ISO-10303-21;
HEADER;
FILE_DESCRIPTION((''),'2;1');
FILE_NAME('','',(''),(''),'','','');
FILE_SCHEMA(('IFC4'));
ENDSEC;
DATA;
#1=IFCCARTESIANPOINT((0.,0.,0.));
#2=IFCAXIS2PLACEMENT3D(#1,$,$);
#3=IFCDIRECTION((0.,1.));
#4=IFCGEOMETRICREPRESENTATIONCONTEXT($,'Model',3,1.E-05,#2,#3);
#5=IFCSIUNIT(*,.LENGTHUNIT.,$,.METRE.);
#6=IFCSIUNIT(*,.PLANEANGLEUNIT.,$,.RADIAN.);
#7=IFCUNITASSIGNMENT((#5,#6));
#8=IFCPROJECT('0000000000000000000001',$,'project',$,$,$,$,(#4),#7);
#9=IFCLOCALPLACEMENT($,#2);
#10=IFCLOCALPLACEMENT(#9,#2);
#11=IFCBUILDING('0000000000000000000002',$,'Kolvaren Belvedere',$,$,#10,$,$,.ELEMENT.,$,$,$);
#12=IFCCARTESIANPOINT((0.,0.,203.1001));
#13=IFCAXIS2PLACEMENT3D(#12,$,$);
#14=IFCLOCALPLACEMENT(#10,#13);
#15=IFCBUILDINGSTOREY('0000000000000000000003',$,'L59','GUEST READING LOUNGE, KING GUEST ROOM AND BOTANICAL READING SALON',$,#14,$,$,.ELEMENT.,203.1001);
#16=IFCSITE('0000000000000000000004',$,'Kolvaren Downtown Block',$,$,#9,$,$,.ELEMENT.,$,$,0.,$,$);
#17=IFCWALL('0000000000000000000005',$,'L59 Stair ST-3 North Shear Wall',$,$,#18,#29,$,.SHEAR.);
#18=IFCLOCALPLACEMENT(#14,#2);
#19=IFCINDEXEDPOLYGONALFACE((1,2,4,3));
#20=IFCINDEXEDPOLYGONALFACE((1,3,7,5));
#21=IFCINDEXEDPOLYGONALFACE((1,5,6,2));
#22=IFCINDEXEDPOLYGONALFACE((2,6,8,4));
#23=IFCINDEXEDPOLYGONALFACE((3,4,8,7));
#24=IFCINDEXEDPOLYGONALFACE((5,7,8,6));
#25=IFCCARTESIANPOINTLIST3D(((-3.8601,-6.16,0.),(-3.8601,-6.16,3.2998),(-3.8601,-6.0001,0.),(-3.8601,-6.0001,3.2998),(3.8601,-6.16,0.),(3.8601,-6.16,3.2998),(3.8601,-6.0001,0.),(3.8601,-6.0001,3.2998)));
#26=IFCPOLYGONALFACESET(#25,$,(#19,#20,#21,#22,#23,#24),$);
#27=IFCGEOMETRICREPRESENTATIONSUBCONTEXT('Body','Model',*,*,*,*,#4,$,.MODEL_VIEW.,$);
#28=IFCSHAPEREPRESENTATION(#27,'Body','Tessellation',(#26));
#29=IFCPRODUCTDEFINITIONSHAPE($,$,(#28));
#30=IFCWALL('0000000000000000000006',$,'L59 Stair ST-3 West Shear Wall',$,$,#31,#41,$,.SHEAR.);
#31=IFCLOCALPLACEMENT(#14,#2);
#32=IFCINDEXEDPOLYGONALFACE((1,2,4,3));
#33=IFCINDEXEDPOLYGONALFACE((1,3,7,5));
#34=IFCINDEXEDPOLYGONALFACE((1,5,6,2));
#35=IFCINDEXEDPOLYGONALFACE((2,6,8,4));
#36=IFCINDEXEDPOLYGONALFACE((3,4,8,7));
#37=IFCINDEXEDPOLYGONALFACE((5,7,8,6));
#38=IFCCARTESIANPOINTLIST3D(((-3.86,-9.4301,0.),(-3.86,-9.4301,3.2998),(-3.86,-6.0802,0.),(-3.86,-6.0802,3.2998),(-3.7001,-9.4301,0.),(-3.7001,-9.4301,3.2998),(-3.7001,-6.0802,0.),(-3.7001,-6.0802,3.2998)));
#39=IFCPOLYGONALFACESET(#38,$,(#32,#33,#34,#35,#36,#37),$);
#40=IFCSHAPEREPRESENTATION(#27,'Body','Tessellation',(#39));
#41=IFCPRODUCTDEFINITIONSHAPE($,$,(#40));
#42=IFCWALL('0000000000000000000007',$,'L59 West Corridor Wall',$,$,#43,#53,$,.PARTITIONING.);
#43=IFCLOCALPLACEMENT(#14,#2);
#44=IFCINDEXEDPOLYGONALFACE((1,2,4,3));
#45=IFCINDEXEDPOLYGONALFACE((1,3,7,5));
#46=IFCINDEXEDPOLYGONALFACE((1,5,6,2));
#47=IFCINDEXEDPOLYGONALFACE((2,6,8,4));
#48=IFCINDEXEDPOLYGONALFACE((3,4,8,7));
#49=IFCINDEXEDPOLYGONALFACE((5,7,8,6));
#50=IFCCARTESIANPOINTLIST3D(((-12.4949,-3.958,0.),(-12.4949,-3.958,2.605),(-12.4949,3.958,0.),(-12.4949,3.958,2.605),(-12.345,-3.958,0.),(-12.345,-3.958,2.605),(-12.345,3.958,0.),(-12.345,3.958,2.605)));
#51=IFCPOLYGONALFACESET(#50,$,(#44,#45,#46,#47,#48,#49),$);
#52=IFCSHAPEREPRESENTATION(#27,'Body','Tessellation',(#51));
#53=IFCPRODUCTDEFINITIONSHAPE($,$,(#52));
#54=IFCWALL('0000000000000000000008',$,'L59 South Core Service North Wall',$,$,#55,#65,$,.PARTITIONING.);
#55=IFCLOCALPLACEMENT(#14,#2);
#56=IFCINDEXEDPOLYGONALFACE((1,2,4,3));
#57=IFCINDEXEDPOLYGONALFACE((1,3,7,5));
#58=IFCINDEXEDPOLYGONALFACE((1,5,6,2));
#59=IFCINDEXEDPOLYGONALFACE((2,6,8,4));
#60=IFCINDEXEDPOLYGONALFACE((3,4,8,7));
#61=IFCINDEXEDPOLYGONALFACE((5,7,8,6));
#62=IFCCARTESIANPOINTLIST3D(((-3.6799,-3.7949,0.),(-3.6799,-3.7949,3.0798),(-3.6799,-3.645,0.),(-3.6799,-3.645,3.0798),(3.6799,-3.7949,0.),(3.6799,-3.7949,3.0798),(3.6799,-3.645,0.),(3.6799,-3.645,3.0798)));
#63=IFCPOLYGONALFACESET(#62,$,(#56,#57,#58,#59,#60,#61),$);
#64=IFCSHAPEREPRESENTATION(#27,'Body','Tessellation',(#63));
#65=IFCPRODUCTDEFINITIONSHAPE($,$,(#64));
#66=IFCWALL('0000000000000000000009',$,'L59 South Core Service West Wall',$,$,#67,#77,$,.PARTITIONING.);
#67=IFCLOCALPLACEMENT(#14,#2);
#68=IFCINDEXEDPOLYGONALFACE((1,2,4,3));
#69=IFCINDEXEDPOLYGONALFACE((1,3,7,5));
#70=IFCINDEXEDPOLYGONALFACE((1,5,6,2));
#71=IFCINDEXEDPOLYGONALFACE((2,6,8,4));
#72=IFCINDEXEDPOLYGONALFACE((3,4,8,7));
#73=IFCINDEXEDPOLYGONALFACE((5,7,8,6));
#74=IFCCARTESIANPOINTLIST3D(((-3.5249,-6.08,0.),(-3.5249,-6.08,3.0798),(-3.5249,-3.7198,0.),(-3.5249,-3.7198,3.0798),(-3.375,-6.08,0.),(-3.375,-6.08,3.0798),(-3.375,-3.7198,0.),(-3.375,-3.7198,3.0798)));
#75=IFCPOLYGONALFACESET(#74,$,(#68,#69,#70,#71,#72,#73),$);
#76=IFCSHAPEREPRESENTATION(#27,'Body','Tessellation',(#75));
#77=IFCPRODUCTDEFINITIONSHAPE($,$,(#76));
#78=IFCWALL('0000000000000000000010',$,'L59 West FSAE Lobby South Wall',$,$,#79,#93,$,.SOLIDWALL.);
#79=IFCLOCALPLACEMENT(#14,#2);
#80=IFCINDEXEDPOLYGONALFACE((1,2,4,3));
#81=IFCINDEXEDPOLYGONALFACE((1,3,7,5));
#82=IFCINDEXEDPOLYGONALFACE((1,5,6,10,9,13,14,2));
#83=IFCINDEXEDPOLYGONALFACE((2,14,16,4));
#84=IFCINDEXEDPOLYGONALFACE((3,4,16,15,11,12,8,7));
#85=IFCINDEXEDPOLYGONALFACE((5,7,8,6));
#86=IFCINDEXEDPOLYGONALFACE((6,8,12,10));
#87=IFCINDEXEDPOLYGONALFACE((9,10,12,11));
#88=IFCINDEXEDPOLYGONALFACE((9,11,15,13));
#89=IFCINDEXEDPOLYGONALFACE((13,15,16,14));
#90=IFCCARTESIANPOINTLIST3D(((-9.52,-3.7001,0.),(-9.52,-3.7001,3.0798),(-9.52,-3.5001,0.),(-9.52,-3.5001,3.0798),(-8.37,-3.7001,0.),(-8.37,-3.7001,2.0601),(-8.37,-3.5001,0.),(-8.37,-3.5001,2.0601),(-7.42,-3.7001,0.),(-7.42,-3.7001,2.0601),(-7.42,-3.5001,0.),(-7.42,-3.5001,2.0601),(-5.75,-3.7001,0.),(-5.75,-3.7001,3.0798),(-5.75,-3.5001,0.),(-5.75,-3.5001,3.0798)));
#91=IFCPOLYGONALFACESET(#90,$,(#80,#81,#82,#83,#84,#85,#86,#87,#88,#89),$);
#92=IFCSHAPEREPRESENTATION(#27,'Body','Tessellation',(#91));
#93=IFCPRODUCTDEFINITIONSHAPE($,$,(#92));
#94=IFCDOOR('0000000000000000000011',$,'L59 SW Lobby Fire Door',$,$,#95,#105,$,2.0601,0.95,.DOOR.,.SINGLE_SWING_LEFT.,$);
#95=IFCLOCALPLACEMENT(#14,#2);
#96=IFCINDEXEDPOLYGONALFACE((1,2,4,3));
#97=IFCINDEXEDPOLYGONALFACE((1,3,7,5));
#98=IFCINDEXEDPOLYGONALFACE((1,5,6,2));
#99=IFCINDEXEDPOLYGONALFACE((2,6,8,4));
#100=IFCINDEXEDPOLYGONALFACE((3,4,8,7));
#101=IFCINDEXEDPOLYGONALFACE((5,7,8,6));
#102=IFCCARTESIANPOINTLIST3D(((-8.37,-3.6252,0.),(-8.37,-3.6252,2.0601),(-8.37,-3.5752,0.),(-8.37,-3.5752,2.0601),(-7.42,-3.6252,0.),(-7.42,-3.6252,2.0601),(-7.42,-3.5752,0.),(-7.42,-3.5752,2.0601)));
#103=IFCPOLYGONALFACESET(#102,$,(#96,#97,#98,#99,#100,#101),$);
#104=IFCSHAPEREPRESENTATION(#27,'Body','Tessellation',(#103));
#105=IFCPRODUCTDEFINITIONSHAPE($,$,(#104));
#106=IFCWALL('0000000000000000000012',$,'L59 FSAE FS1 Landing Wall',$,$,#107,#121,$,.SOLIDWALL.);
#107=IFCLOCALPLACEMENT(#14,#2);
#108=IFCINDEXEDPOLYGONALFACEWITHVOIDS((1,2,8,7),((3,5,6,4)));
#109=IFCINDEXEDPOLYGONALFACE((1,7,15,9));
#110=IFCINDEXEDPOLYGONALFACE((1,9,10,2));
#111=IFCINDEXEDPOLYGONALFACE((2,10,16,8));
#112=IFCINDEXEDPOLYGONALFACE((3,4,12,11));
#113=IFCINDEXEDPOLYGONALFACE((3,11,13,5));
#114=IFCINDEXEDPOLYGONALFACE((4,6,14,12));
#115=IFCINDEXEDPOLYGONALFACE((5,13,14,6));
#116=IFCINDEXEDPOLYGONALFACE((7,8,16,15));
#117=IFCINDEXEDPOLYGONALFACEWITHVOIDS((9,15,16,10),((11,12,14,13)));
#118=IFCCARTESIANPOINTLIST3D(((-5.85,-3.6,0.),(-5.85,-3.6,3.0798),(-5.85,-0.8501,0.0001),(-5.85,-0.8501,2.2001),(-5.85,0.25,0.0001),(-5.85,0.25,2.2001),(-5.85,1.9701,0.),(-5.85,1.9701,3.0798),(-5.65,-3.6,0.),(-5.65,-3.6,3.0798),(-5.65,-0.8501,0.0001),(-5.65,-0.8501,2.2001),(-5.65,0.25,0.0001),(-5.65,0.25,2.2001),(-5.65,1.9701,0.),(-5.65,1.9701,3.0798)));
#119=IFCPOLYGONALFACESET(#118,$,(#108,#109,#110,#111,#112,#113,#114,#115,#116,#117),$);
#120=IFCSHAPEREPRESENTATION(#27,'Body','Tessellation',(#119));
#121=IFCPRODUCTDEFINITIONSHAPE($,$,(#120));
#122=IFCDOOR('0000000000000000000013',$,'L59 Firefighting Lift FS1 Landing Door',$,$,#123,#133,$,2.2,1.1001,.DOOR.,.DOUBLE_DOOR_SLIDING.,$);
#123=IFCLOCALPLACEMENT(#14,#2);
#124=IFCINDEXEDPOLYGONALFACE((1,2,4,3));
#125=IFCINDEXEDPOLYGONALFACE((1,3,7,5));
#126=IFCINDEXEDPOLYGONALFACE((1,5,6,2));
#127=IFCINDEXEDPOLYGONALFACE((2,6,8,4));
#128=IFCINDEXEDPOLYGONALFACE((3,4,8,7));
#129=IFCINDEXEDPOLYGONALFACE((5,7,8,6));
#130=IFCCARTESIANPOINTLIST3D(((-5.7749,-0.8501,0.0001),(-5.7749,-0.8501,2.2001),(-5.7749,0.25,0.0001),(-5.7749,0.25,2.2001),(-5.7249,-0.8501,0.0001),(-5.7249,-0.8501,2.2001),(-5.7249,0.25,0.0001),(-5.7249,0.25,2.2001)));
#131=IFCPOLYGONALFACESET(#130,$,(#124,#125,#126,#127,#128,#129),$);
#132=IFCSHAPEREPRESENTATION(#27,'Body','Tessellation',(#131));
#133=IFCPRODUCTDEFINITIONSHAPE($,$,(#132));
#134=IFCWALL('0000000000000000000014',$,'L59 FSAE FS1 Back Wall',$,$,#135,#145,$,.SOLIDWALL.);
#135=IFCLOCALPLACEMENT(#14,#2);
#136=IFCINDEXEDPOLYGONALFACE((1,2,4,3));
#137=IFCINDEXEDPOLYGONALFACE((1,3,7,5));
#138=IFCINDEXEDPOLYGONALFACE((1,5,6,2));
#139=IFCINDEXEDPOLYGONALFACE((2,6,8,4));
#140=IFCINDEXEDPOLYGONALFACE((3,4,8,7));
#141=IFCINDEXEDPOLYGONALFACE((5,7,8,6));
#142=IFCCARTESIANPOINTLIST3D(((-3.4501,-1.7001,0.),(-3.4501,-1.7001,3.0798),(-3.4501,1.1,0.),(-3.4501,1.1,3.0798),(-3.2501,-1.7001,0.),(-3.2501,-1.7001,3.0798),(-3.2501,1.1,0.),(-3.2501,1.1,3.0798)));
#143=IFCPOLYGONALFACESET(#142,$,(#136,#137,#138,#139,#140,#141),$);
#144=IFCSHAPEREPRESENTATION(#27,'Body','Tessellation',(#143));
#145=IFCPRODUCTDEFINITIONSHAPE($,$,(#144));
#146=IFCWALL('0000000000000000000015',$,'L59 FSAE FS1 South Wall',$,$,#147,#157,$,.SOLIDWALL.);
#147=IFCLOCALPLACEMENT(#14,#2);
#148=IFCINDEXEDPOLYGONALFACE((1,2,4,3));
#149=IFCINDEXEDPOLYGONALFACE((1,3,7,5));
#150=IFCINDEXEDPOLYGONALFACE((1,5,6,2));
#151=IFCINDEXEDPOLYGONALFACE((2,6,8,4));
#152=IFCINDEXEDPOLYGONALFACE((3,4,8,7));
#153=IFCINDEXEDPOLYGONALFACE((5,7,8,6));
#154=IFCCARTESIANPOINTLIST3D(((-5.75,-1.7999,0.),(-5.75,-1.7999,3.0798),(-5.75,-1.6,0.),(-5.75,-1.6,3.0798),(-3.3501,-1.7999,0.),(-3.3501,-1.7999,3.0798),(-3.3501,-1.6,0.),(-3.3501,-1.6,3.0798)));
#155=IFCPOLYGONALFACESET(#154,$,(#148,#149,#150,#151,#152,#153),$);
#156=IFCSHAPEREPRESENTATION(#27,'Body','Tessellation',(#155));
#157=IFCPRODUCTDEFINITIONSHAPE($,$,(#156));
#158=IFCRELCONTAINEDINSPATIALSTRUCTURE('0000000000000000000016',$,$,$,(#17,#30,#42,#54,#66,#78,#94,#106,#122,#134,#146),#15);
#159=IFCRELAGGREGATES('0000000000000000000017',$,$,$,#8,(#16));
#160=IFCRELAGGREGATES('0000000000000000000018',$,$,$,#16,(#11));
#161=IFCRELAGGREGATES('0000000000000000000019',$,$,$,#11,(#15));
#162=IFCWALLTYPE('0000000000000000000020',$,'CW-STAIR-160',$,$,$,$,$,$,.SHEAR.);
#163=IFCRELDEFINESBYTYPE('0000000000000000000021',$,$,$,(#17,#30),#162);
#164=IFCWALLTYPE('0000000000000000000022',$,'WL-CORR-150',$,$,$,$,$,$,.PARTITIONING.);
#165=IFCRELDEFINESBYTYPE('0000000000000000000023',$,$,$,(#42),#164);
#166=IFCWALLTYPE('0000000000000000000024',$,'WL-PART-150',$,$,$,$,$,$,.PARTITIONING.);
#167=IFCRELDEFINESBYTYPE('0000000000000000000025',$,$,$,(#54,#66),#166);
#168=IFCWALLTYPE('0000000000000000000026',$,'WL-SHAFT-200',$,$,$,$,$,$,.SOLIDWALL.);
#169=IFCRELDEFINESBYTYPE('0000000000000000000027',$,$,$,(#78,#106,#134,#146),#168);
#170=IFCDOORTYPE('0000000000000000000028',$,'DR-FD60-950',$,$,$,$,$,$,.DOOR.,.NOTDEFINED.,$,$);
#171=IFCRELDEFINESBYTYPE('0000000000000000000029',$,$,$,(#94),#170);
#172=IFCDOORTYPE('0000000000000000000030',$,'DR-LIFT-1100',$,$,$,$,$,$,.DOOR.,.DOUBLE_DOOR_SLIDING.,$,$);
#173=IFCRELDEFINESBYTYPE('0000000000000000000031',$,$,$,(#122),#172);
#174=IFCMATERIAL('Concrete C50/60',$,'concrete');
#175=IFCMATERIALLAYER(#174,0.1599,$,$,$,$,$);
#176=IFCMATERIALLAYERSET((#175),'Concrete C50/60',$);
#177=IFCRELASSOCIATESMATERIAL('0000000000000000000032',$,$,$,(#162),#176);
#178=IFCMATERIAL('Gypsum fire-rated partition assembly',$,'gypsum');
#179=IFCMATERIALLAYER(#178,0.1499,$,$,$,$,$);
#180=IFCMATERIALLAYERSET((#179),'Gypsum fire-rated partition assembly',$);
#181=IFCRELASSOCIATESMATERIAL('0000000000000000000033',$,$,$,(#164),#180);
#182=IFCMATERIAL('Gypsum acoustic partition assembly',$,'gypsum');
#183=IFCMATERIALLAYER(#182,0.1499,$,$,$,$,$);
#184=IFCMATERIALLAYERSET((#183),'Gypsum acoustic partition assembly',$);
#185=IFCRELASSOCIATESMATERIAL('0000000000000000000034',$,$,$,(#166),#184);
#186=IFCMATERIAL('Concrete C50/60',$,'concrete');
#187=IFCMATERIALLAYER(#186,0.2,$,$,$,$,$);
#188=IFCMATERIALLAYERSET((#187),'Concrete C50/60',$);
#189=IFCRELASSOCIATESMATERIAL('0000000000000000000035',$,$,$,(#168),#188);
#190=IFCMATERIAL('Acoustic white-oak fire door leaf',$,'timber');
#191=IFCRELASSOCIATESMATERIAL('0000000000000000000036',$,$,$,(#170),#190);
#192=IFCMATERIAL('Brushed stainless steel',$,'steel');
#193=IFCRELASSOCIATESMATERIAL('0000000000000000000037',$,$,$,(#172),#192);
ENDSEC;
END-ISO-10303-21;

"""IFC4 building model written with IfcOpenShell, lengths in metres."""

from ifc_helpers import new_model, si_unit, direction, frame, frame_2d, origin, place, context, subcontext, project, spatial, rectangle, extrude, material, layer, layer_set, type_object, element, fill, save


model = new_model("IFC4")

# Units and contexts
model_context = context("Model", 3, precision=1e-05, world=origin(), true_north=direction((0.0, 1.0)))
body_context = subcontext(model_context, "Body", "Model", "MODEL_VIEW")
ifc_project = project(units=[si_unit("LENGTHUNIT", "METRE"), si_unit("PLANEANGLEUNIT", "RADIAN")], contexts=[model_context])

# Site, building, storey
site_placement = place(None, origin())
site = spatial("IfcSite", under=ifc_project, at=site_placement, Name="Kolvaren Downtown Block", CompositionType="ELEMENT", RefElevation=0.0)
building_placement = place(site_placement, origin())
building = spatial("IfcBuilding", under=site, at=building_placement, Name="Kolvaren Belvedere", CompositionType="ELEMENT")
storey_placement = place(building_placement, frame((0.0, 0.0, 203.1001)))
storey = spatial("IfcBuildingStorey", under=building, at=storey_placement, Name="L59", Description="GUEST READING LOUNGE, KING GUEST ROOM AND BOTANICAL READING SALON", CompositionType="ELEMENT", Elevation=203.1001)

# Walls
ifc_material_1 = material(Name="Concrete C50/60", Category="concrete")
ifc_layer_1 = layer(ifc_material_1, 0.1599)
ifc_layer_set_1 = layer_set([ifc_layer_1], Name="Concrete C50/60")
wall_type_1 = type_object("IfcWallType", Name="CW-STAIR-160", PredefinedType="SHEAR", material=ifc_layer_set_1)
wall_1_placement = place(storey_placement, frame((-3.8601, -6.0801, 0.0), z_axis=(0.0, 0.0, 1.0), x_axis=(1.0, 0.0, 0.0)))
element("IfcWall", 1, at=wall_1_placement, inside=storey, type_object=wall_type_1, Name="L59 Stair ST-3 North Shear Wall", PredefinedType="SHEAR", context=body_context, shape_type="SweptSolid", body=[
    extrude(rectangle(XDim=7.7202, YDim=0.1599, at=frame_2d((3.8601, 0.0))), origin(), (0.0, 0.0, 1.0), 3.2998),
])
wall_2_placement = place(storey_placement, frame((-3.78, -9.4299, 0.0), z_axis=(0.0, 0.0, 1.0), x_axis=(0.0, 1.0, 0.0)))
element("IfcWall", 2, at=wall_2_placement, inside=storey, type_object=wall_type_1, Name="L59 Stair ST-3 West Shear Wall", PredefinedType="SHEAR", context=body_context, shape_type="SweptSolid", body=[
    extrude(rectangle(XDim=3.3499, YDim=0.1599, at=frame_2d((1.6748, 0.0))), origin(), (0.0, 0.0, 1.0), 3.2998),
])
ifc_material_2 = material(Name="Gypsum fire-rated partition assembly", Category="gypsum")
ifc_layer_2 = layer(ifc_material_2, 0.1499)
ifc_layer_set_2 = layer_set([ifc_layer_2], Name="Gypsum fire-rated partition assembly")
wall_type_2 = type_object("IfcWallType", Name="WL-CORR-150", PredefinedType="PARTITIONING", material=ifc_layer_set_2)
wall_3_placement = place(storey_placement, frame((-12.4199, -3.958, 0.0), z_axis=(0.0, 0.0, 1.0), x_axis=(0.0, 1.0, 0.0)))
element("IfcWall", 3, at=wall_3_placement, inside=storey, type_object=wall_type_2, Name="L59 West Corridor Wall", PredefinedType="PARTITIONING", context=body_context, shape_type="SweptSolid", body=[
    extrude(rectangle(XDim=7.916, YDim=0.1499, at=frame_2d((3.958, 0.0))), origin(), (0.0, 0.0, 1.0), 2.605),
])
ifc_material_3 = material(Name="Gypsum acoustic partition assembly", Category="gypsum")
ifc_layer_3 = layer(ifc_material_3, 0.1499)
ifc_layer_set_3 = layer_set([ifc_layer_3], Name="Gypsum acoustic partition assembly")
wall_type_3 = type_object("IfcWallType", Name="WL-PART-150", PredefinedType="PARTITIONING", material=ifc_layer_set_3)
wall_4_placement = place(storey_placement, frame((-3.6799, -3.72, 0.0), z_axis=(0.0, 0.0, 1.0), x_axis=(1.0, 0.0, 0.0)))
element("IfcWall", 4, at=wall_4_placement, inside=storey, type_object=wall_type_3, Name="L59 South Core Service North Wall", PredefinedType="PARTITIONING", context=body_context, shape_type="SweptSolid", body=[
    extrude(rectangle(XDim=7.3599, YDim=0.1499, at=frame_2d((3.6799, 0.0))), origin(), (0.0, 0.0, 1.0), 3.0798),
])
wall_5_placement = place(storey_placement, frame((-3.45, -6.0801, 0.0), z_axis=(0.0, 0.0, 1.0), x_axis=(0.0, 1.0, 0.0)))
element("IfcWall", 5, at=wall_5_placement, inside=storey, type_object=wall_type_3, Name="L59 South Core Service West Wall", PredefinedType="PARTITIONING", context=body_context, shape_type="SweptSolid", body=[
    extrude(rectangle(XDim=2.3601, YDim=0.1499, at=frame_2d((1.1802, 0.0))), origin(), (0.0, 0.0, 1.0), 3.0798),
])

# Walls, openings, doors
ifc_material_4 = material(Name="Concrete C50/60", Category="concrete")
ifc_layer_4 = layer(ifc_material_4, 0.2)
ifc_layer_set_4 = layer_set([ifc_layer_4], Name="Concrete C50/60")
wall_type_4 = type_object("IfcWallType", Name="WL-SHAFT-200", PredefinedType="SOLIDWALL", material=ifc_layer_set_4)
wall_6_placement = place(storey_placement, frame((-9.52, -3.6001, 0.0), z_axis=(0.0, 0.0, 1.0), x_axis=(1.0, 0.0, 0.0)))
wall_6 = element("IfcWall", 6, at=wall_6_placement, inside=storey, type_object=wall_type_4, Name="L59 West FSAE Lobby South Wall", PredefinedType="SOLIDWALL", context=body_context, shape_type="SweptSolid", body=[
    extrude(rectangle(XDim=3.77, YDim=0.2, at=frame_2d((1.885, 0.0))), origin(), (0.0, 0.0, 1.0), 3.0798),
])
opening_1_placement = place(wall_6_placement, frame((1.1499, 0.0, 0.0)))
opening_1 = element("IfcOpeningElement", 7, at=opening_1_placement, cuts=wall_6, PredefinedType="OPENING", context=body_context, shape_type="SweptSolid", body=[
    extrude(rectangle(XDim=0.95, YDim=2.0601, at=frame_2d((0.4751, 1.03))), frame((0.0, 0.1099, 0.0), z_axis=(0.0, -1.0, 0.0), x_axis=(1.0, 0.0, 0.0)), (0.0, 0.0, 1.0), 0.22),
])
ifc_material_5 = material(Name="Acoustic white-oak fire door leaf", Category="timber")
door_type_1 = type_object("IfcDoorType", Name="DR-FD60-950", OperationType="NOTDEFINED", PredefinedType="DOOR", material=ifc_material_5)
door_1_placement = place(opening_1_placement, origin())
door_1 = element("IfcDoor", 8, at=door_1_placement, inside=storey, type_object=door_type_1, Name="L59 SW Lobby Fire Door", OperationType="SINGLE_SWING_LEFT", OverallHeight=2.0601, OverallWidth=0.95, PredefinedType="DOOR", context=body_context, shape_type="SweptSolid", body=[
    extrude(rectangle(XDim=0.95, YDim=2.0601, at=frame_2d((0.4751, 1.03))), frame((0.0, 0.0249, 0.0), z_axis=(0.0, -1.0, 0.0), x_axis=(1.0, 0.0, 0.0)), (0.0, 0.0, 1.0), 0.05),
])
fill(opening_1, door_1)
wall_7_placement = place(storey_placement, frame((-5.75, -3.6001, 0.0), z_axis=(0.0, 0.0, 1.0), x_axis=(0.0, 1.0, 0.0)))
wall_7 = element("IfcWall", 9, at=wall_7_placement, inside=storey, type_object=wall_type_4, Name="L59 FSAE FS1 Landing Wall", PredefinedType="SOLIDWALL", context=body_context, shape_type="SweptSolid", body=[
    extrude(rectangle(XDim=5.5701, YDim=0.2, at=frame_2d((2.7852, 0.0))), origin(), (0.0, 0.0, 1.0), 3.0798),
])
opening_2_placement = place(wall_7_placement, frame((2.75, 0.0, 0.0)))
opening_2 = element("IfcOpeningElement", 10, at=opening_2_placement, cuts=wall_7, PredefinedType="OPENING", context=body_context, shape_type="SweptSolid", body=[
    extrude(rectangle(XDim=1.1001, YDim=2.2, at=frame_2d((0.55, 1.1001))), frame((0.0, 0.1099, 0.0), z_axis=(0.0, -1.0, 0.0), x_axis=(1.0, 0.0, 0.0)), (0.0, 0.0, 1.0), 0.22),
])
ifc_material_6 = material(Name="Brushed stainless steel", Category="steel")
door_type_2 = type_object("IfcDoorType", Name="DR-LIFT-1100", OperationType="DOUBLE_DOOR_SLIDING", PredefinedType="DOOR", material=ifc_material_6)
door_2_placement = place(opening_2_placement, origin())
door_2 = element("IfcDoor", 11, at=door_2_placement, inside=storey, type_object=door_type_2, Name="L59 Firefighting Lift FS1 Landing Door", OperationType="DOUBLE_DOOR_SLIDING", OverallHeight=2.2, OverallWidth=1.1001, PredefinedType="DOOR", context=body_context, shape_type="SweptSolid", body=[
    extrude(rectangle(XDim=1.1001, YDim=2.2, at=frame_2d((0.55, 1.1001))), frame((0.0, 0.0249, 0.0), z_axis=(0.0, -1.0, 0.0), x_axis=(1.0, 0.0, 0.0)), (0.0, 0.0, 1.0), 0.05),
])
fill(opening_2, door_2)

# Walls
wall_8_placement = place(storey_placement, frame((-3.3501, -1.7, 0.0), z_axis=(0.0, 0.0, 1.0), x_axis=(0.0, 1.0, 0.0)))
element("IfcWall", 12, at=wall_8_placement, inside=storey, type_object=wall_type_4, Name="L59 FSAE FS1 Back Wall", PredefinedType="SOLIDWALL", context=body_context, shape_type="SweptSolid", body=[
    extrude(rectangle(XDim=2.8, YDim=0.2, at=frame_2d((1.3999, 0.0))), origin(), (0.0, 0.0, 1.0), 3.0798),
])
wall_9_placement = place(storey_placement, frame((-5.75, -1.7, 0.0), z_axis=(0.0, 0.0, 1.0), x_axis=(1.0, 0.0, 0.0)))
element("IfcWall", 13, at=wall_9_placement, inside=storey, type_object=wall_type_4, Name="L59 FSAE FS1 South Wall", PredefinedType="SOLIDWALL", context=body_context, shape_type="SweptSolid", body=[
    extrude(rectangle(XDim=2.3999, YDim=0.2, at=frame_2d((1.2, 0.0))), origin(), (0.0, 0.0, 1.0), 3.0798),
])

save(model, "model.ifc")
